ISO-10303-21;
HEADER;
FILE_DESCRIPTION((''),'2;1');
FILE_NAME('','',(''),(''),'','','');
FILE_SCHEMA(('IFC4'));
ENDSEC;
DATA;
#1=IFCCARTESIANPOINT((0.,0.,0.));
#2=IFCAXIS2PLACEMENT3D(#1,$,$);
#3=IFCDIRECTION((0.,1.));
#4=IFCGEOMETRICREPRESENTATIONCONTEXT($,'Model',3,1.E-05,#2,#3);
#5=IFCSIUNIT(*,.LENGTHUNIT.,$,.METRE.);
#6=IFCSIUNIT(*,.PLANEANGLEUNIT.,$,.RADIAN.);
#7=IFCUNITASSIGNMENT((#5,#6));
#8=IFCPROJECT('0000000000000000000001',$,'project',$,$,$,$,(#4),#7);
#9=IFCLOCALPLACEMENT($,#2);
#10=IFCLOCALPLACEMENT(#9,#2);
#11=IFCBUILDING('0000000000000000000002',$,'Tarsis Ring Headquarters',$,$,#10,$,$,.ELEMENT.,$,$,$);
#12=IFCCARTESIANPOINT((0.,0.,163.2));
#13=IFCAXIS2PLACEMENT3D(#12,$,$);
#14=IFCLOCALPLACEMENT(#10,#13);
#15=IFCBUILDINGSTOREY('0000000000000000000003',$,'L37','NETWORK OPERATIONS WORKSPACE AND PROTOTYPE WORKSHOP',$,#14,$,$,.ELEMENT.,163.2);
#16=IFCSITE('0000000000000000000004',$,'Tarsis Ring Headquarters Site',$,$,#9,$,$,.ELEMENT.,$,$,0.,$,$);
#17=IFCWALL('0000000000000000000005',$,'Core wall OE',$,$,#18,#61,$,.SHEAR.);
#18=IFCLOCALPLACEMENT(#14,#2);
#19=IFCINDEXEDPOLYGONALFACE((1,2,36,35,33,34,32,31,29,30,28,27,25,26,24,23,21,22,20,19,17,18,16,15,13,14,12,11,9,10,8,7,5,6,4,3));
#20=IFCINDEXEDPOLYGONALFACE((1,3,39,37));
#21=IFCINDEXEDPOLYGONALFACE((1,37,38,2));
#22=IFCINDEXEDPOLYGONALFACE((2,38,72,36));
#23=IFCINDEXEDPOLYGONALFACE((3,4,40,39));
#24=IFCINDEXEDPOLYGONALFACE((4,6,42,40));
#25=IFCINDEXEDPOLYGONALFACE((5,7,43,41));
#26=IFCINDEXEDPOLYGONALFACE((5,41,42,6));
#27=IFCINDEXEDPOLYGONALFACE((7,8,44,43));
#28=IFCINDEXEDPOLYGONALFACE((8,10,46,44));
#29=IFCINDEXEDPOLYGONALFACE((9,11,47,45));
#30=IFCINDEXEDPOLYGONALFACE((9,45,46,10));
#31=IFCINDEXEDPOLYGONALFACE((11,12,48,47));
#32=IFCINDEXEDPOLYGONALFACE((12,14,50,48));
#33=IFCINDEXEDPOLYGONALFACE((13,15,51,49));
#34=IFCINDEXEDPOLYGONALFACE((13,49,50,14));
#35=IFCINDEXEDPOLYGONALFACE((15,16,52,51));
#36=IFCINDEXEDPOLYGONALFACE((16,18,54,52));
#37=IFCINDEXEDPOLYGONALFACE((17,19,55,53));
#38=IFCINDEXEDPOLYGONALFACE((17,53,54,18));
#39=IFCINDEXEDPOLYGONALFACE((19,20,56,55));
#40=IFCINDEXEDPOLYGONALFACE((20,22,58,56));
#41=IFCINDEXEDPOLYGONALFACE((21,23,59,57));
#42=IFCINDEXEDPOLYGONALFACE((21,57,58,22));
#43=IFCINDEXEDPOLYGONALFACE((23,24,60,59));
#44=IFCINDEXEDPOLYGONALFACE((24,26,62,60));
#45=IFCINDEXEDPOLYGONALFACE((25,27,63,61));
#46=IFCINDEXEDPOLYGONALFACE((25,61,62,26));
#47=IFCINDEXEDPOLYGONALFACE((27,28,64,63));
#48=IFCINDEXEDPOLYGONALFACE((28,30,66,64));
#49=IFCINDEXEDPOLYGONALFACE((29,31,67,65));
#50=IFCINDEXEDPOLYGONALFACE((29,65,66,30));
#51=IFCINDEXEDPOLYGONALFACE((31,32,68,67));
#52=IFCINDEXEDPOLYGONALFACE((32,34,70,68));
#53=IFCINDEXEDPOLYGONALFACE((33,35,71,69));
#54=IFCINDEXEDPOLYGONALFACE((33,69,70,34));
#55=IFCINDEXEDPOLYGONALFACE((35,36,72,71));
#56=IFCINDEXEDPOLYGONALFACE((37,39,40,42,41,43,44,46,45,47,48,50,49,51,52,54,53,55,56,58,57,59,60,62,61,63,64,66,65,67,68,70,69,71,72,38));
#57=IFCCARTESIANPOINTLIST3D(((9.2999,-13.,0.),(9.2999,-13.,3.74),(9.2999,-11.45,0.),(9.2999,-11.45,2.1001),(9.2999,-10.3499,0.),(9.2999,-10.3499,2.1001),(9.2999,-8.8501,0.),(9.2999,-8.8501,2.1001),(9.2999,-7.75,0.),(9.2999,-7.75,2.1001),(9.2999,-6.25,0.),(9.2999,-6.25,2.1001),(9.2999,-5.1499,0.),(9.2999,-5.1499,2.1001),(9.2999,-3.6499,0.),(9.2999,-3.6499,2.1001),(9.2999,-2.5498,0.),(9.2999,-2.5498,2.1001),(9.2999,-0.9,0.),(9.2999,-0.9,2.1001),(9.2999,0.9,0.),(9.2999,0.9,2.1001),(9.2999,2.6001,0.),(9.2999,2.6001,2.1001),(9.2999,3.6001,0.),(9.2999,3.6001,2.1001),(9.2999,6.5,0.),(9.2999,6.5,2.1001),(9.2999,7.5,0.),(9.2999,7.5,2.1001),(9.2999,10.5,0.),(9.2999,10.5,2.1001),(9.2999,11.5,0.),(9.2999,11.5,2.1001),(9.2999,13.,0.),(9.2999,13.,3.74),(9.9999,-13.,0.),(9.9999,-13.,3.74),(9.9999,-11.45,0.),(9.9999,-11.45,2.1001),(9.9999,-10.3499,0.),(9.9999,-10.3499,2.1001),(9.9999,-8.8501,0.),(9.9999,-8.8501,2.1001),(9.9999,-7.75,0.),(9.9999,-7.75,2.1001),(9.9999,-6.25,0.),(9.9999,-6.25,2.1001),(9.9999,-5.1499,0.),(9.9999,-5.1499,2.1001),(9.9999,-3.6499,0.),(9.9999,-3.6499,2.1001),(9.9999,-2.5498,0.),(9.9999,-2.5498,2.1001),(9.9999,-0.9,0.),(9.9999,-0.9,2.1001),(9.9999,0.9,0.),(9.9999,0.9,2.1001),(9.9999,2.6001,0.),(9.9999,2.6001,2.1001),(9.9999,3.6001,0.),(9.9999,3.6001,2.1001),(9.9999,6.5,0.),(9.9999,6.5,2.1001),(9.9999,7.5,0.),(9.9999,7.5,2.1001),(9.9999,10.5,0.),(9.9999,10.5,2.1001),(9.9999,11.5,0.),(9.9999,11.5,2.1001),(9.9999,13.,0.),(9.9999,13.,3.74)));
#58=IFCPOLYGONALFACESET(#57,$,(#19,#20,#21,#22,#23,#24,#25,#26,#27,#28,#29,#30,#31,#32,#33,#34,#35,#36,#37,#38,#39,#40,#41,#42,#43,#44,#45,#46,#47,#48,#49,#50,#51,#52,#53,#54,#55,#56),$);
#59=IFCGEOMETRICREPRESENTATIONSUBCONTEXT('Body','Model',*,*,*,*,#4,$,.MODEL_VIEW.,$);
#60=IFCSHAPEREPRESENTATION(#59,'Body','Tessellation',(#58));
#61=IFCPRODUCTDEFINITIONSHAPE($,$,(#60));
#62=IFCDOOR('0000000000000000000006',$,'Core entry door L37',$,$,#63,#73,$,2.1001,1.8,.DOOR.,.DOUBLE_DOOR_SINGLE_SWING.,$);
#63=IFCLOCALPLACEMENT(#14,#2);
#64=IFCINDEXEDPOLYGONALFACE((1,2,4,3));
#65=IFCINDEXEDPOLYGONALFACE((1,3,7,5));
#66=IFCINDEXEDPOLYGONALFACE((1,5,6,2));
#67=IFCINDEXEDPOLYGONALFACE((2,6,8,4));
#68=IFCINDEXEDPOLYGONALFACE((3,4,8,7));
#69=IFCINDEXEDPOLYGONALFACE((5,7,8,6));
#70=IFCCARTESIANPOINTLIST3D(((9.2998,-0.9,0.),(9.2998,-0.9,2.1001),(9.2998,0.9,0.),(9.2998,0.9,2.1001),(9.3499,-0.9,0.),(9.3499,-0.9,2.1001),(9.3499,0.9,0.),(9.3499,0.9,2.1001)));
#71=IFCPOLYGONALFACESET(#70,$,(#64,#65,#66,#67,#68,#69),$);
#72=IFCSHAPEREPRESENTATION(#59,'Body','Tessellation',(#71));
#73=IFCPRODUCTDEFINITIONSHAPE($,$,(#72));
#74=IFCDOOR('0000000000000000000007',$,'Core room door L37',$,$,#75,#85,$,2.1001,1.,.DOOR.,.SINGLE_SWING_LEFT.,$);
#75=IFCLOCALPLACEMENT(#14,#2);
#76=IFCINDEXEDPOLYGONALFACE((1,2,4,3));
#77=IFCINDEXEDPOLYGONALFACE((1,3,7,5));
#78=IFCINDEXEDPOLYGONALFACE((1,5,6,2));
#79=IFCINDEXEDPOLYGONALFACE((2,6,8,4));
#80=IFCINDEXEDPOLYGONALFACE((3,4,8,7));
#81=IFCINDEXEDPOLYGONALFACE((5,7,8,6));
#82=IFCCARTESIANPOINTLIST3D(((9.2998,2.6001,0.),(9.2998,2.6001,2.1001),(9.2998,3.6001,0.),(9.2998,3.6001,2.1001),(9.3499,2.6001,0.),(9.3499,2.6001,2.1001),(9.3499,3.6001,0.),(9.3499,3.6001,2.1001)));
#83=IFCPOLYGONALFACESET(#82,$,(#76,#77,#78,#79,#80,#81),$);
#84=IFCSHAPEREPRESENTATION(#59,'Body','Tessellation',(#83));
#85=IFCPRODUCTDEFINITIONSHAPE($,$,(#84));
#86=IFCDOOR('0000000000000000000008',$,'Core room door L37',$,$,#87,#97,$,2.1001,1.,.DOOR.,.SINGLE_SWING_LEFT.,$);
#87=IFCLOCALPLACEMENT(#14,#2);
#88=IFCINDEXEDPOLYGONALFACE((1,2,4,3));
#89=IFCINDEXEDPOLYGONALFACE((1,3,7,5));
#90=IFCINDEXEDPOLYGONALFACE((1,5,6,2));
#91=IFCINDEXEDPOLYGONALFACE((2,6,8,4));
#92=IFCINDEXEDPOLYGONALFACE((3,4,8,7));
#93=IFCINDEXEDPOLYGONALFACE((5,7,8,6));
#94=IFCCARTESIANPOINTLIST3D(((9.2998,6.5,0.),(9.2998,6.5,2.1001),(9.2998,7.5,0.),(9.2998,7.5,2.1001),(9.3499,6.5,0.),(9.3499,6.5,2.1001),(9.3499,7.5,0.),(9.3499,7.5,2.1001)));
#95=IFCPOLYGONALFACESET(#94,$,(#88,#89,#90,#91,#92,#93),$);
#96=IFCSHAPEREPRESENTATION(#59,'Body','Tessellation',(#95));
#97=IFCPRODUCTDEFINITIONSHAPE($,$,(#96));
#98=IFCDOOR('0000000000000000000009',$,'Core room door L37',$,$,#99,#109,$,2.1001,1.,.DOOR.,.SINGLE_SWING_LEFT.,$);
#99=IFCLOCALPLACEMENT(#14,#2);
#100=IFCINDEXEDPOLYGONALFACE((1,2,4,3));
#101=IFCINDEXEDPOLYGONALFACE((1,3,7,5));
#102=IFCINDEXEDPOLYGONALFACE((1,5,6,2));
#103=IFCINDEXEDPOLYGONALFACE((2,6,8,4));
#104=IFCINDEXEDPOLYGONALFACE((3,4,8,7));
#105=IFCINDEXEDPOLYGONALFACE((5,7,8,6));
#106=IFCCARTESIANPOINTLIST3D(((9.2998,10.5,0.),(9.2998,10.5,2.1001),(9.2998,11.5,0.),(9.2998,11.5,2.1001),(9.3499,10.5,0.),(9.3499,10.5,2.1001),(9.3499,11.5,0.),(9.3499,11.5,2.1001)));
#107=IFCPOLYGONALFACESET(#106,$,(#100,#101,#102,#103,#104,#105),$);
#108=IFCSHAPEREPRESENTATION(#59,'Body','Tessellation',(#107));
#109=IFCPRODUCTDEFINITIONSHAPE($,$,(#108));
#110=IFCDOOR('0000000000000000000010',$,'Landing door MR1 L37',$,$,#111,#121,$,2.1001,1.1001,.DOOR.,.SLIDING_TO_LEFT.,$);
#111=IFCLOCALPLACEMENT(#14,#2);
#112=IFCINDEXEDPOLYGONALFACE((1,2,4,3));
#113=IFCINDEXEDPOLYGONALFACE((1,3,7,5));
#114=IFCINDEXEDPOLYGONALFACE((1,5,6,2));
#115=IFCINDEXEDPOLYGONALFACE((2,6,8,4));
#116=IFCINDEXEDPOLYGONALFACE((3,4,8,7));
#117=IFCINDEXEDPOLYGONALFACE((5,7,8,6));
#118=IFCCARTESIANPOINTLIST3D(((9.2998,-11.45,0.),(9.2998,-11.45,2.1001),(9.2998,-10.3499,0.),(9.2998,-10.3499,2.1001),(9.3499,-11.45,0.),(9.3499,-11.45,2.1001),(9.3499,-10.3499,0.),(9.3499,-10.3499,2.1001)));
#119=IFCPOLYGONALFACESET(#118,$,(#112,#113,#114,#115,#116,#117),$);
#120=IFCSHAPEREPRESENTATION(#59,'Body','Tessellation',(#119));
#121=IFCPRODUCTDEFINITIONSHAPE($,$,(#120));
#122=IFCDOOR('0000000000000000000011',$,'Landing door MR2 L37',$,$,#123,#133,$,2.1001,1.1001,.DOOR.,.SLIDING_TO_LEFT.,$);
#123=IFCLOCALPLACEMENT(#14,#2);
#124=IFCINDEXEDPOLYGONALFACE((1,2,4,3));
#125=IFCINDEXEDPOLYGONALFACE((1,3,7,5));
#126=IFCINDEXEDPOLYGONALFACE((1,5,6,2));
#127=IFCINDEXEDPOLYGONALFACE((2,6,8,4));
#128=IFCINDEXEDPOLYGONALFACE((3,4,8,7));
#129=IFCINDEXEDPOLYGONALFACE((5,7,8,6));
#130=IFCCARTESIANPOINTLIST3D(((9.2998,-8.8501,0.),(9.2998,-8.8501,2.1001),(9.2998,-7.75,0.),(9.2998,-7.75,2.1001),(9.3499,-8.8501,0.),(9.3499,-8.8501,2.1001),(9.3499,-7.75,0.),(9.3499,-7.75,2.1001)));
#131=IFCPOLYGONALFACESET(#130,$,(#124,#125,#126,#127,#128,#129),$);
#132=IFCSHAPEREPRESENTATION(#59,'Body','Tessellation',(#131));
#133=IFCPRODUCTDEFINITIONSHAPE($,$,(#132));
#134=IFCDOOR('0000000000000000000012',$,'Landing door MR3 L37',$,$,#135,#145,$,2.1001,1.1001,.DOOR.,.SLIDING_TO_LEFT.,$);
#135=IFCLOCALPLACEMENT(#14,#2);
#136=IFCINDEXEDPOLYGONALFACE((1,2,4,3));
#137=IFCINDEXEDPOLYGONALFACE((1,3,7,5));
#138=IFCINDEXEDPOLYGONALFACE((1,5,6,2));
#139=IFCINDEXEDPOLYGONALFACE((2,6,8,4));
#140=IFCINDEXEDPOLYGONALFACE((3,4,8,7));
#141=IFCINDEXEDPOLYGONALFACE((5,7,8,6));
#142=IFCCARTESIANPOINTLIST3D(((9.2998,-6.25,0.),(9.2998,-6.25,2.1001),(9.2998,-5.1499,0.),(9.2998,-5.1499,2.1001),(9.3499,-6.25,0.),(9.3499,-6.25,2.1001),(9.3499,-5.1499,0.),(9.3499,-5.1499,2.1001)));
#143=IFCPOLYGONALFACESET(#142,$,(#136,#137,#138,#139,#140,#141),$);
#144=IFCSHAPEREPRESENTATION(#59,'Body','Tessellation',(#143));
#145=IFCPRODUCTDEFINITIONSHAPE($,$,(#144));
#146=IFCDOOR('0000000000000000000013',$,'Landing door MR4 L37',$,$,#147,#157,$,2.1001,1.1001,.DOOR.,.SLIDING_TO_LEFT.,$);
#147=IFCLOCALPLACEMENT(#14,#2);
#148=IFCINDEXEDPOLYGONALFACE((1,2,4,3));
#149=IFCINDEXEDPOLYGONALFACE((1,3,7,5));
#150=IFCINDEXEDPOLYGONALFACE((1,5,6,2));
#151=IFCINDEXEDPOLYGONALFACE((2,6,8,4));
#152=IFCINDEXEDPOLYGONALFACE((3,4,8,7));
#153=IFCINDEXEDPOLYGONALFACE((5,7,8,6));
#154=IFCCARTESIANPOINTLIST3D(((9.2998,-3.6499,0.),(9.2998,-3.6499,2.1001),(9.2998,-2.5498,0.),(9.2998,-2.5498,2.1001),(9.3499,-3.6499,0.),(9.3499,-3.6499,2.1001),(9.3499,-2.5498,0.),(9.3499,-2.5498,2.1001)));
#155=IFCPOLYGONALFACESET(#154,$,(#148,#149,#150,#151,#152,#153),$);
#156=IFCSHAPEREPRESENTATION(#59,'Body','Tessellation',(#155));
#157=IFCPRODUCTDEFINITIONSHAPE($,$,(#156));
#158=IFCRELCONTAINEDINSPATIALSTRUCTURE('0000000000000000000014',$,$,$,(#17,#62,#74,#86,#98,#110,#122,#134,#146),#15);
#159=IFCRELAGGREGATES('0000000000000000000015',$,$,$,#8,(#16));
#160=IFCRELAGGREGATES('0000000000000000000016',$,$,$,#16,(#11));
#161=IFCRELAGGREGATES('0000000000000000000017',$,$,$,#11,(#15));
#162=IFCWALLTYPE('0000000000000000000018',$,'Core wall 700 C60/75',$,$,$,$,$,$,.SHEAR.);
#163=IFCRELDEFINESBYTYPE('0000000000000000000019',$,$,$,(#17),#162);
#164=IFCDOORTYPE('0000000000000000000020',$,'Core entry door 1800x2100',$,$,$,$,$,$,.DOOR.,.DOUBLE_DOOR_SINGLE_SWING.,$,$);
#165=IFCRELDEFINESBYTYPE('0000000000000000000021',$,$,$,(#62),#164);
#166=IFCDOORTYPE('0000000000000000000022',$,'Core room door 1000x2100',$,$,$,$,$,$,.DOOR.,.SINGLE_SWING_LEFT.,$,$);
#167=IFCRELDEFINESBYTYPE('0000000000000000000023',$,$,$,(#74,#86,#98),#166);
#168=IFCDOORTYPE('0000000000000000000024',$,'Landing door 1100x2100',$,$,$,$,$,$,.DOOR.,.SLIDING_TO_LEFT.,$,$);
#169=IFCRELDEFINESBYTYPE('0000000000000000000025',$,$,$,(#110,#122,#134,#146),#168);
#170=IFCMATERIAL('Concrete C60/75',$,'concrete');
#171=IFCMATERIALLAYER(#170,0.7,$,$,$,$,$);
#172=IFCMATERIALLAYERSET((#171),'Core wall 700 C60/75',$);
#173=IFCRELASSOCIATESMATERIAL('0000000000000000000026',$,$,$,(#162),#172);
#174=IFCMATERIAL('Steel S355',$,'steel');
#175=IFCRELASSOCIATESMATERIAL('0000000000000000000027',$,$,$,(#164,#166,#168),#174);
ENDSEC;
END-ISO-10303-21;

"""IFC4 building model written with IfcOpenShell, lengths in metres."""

from ifc_helpers import new_model, si_unit, direction, frame, frame_2d, origin, place, context, subcontext, project, spatial, rectangle, extrude, material, layer, layer_set, type_object, element, fill, save


model = new_model("IFC4")

# Units and contexts
model_context = context("Model", 3, precision=1e-05, world=origin(), true_north=direction((0.0, 1.0)))
body_context = subcontext(model_context, "Body", "Model", "MODEL_VIEW")
ifc_project = project(units=[si_unit("LENGTHUNIT", "METRE"), si_unit("PLANEANGLEUNIT", "RADIAN")], contexts=[model_context])

# Site, building, storey
site_placement = place(None, origin())
site = spatial("IfcSite", under=ifc_project, at=site_placement, Name="Tarsis Ring Headquarters Site", CompositionType="ELEMENT", RefElevation=0.0)
building_placement = place(site_placement, origin())
building = spatial("IfcBuilding", under=site, at=building_placement, Name="Tarsis Ring Headquarters", CompositionType="ELEMENT")
storey_placement = place(building_placement, frame((0.0, 0.0, 163.2)))
storey = spatial("IfcBuildingStorey", under=building, at=storey_placement, Name="L37", Description="NETWORK OPERATIONS WORKSPACE AND PROTOTYPE WORKSHOP", CompositionType="ELEMENT", Elevation=163.2)

# Wall, openings, doors
ifc_material_1 = material(Name="Concrete C60/75", Category="concrete")
ifc_layer_1 = layer(ifc_material_1, 0.7)
ifc_layer_set_1 = layer_set([ifc_layer_1], Name="Core wall 700 C60/75")
wall_type_1 = type_object("IfcWallType", Name="Core wall 700 C60/75", PredefinedType="SHEAR", material=ifc_layer_set_1)
wall_1_placement = place(storey_placement, frame((9.6499, -13.0, 0.0), z_axis=(0.0, 0.0, 1.0), x_axis=(0.0, 1.0, 0.0)))
wall_1 = element("IfcWall", 1, at=wall_1_placement, inside=storey, type_object=wall_type_1, Name="Core wall OE", PredefinedType="SHEAR", context=body_context, shape_type="SweptSolid", body=[
    extrude(rectangle(XDim=26.0, YDim=0.7, at=frame_2d((13.0, 0.0))), origin(), (0.0, 0.0, 1.0), 3.74),
])
opening_1_placement = place(wall_1_placement, frame((1.55, 0.0, 0.0)))
opening_1 = element("IfcOpeningElement", 2, at=opening_1_placement, cuts=wall_1, PredefinedType="OPENING", context=body_context, shape_type="SweptSolid", body=[
    extrude(rectangle(XDim=1.1001, YDim=2.1001, at=frame_2d((0.55, 1.05))), frame((0.0, 0.3599, 0.0), z_axis=(0.0, -1.0, 0.0), x_axis=(1.0, 0.0, 0.0)), (0.0, 0.0, 1.0), 0.72),
])
opening_2_placement = place(wall_1_placement, frame((4.1499, 0.0, 0.0)))
opening_2 = element("IfcOpeningElement", 3, at=opening_2_placement, cuts=wall_1, PredefinedType="OPENING", context=body_context, shape_type="SweptSolid", body=[
    extrude(rectangle(XDim=1.1001, YDim=2.1001, at=frame_2d((0.55, 1.05))), frame((0.0, 0.3599, 0.0), z_axis=(0.0, -1.0, 0.0), x_axis=(1.0, 0.0, 0.0)), (0.0, 0.0, 1.0), 0.72),
])
opening_3_placement = place(wall_1_placement, frame((6.75, 0.0, 0.0)))
opening_3 = element("IfcOpeningElement", 4, at=opening_3_placement, cuts=wall_1, PredefinedType="OPENING", context=body_context, shape_type="SweptSolid", body=[
    extrude(rectangle(XDim=1.1001, YDim=2.1001, at=frame_2d((0.55, 1.05))), frame((0.0, 0.3599, 0.0), z_axis=(0.0, -1.0, 0.0), x_axis=(1.0, 0.0, 0.0)), (0.0, 0.0, 1.0), 0.72),
])
opening_4_placement = place(wall_1_placement, frame((9.3501, 0.0, 0.0)))
opening_4 = element("IfcOpeningElement", 5, at=opening_4_placement, cuts=wall_1, PredefinedType="OPENING", context=body_context, shape_type="SweptSolid", body=[
    extrude(rectangle(XDim=1.1001, YDim=2.1001, at=frame_2d((0.55, 1.05))), frame((0.0, 0.3599, 0.0), z_axis=(0.0, -1.0, 0.0), x_axis=(1.0, 0.0, 0.0)), (0.0, 0.0, 1.0), 0.72),
])
opening_5_placement = place(wall_1_placement, frame((12.1001, 0.0, 0.0)))
opening_5 = element("IfcOpeningElement", 6, at=opening_5_placement, cuts=wall_1, PredefinedType="OPENING", context=body_context, shape_type="SweptSolid", body=[
    extrude(rectangle(XDim=1.8, YDim=2.1001, at=frame_2d((0.8999, 1.05))), frame((0.0, 0.3599, 0.0), z_axis=(0.0, -1.0, 0.0), x_axis=(1.0, 0.0, 0.0)), (0.0, 0.0, 1.0), 0.72),
])
opening_6_placement = place(wall_1_placement, frame((15.6001, 0.0, 0.0)))
opening_6 = element("IfcOpeningElement", 7, at=opening_6_placement, cuts=wall_1, PredefinedType="OPENING", context=body_context, shape_type="SweptSolid", body=[
    extrude(rectangle(XDim=1.0, YDim=2.1001, at=frame_2d((0.5, 1.05))), frame((0.0, 0.3599, 0.0), z_axis=(0.0, -1.0, 0.0), x_axis=(1.0, 0.0, 0.0)), (0.0, 0.0, 1.0), 0.72),
])
opening_7_placement = place(wall_1_placement, frame((19.5, 0.0, 0.0)))
opening_7 = element("IfcOpeningElement", 8, at=opening_7_placement, cuts=wall_1, PredefinedType="OPENING", context=body_context, shape_type="SweptSolid", body=[
    extrude(rectangle(XDim=1.0, YDim=2.1001, at=frame_2d((0.5, 1.05))), frame((0.0, 0.3599, 0.0), z_axis=(0.0, -1.0, 0.0), x_axis=(1.0, 0.0, 0.0)), (0.0, 0.0, 1.0), 0.72),
])
opening_8_placement = place(wall_1_placement, frame((23.5, 0.0, 0.0)))
opening_8 = element("IfcOpeningElement", 9, at=opening_8_placement, cuts=wall_1, PredefinedType="OPENING", context=body_context, shape_type="SweptSolid", body=[
    extrude(rectangle(XDim=1.0, YDim=2.1001, at=frame_2d((0.5, 1.05))), frame((0.0, 0.3599, 0.0), z_axis=(0.0, -1.0, 0.0), x_axis=(1.0, 0.0, 0.0)), (0.0, 0.0, 1.0), 0.72),
])
ifc_material_2 = material(Name="Steel S355", Category="steel")
door_type_1 = type_object("IfcDoorType", Name="Core entry door 1800x2100", OperationType="DOUBLE_DOOR_SINGLE_SWING", PredefinedType="DOOR", material=ifc_material_2)
door_1_placement = place(opening_5_placement, origin())
door_1 = element("IfcDoor", 10, at=door_1_placement, inside=storey, type_object=door_type_1, Name="Core entry door L37", OperationType="DOUBLE_DOOR_SINGLE_SWING", OverallHeight=2.1001, OverallWidth=1.8, PredefinedType="DOOR", context=body_context, shape_type="SweptSolid", body=[
    extrude(rectangle(XDim=1.8, YDim=2.1001, at=frame_2d((0.8999, 1.05))), frame((0.0, 0.3501, 0.0), z_axis=(0.0, -1.0, 0.0), x_axis=(1.0, 0.0, 0.0)), (0.0, 0.0, 1.0), 0.05),
])
fill(opening_5, door_1)
door_type_2 = type_object("IfcDoorType", Name="Core room door 1000x2100", OperationType="SINGLE_SWING_LEFT", PredefinedType="DOOR", material=ifc_material_2)
door_2_placement = place(opening_6_placement, origin())
door_2 = element("IfcDoor", 11, at=door_2_placement, inside=storey, type_object=door_type_2, Name="Core room door L37", OperationType="SINGLE_SWING_LEFT", OverallHeight=2.1001, OverallWidth=1.0, PredefinedType="DOOR", context=body_context, shape_type="SweptSolid", body=[
    extrude(rectangle(XDim=1.0, YDim=2.1001, at=frame_2d((0.5, 1.05))), frame((0.0, 0.3501, 0.0), z_axis=(0.0, -1.0, 0.0), x_axis=(1.0, 0.0, 0.0)), (0.0, 0.0, 1.0), 0.05),
])
fill(opening_6, door_2)
door_3_placement = place(opening_7_placement, origin())
door_3 = element("IfcDoor", 12, at=door_3_placement, inside=storey, type_object=door_type_2, Name="Core room door L37", OperationType="SINGLE_SWING_LEFT", OverallHeight=2.1001, OverallWidth=1.0, PredefinedType="DOOR", context=body_context, shape_type="SweptSolid", body=[
    extrude(rectangle(XDim=1.0, YDim=2.1001, at=frame_2d((0.5, 1.05))), frame((0.0, 0.3501, 0.0), z_axis=(0.0, -1.0, 0.0), x_axis=(1.0, 0.0, 0.0)), (0.0, 0.0, 1.0), 0.05),
])
fill(opening_7, door_3)
door_4_placement = place(opening_8_placement, origin())
door_4 = element("IfcDoor", 13, at=door_4_placement, inside=storey, type_object=door_type_2, Name="Core room door L37", OperationType="SINGLE_SWING_LEFT", OverallHeight=2.1001, OverallWidth=1.0, PredefinedType="DOOR", context=body_context, shape_type="SweptSolid", body=[
    extrude(rectangle(XDim=1.0, YDim=2.1001, at=frame_2d((0.5, 1.05))), frame((0.0, 0.3501, 0.0), z_axis=(0.0, -1.0, 0.0), x_axis=(1.0, 0.0, 0.0)), (0.0, 0.0, 1.0), 0.05),
])
fill(opening_8, door_4)
door_type_3 = type_object("IfcDoorType", Name="Landing door 1100x2100", OperationType="SLIDING_TO_LEFT", PredefinedType="DOOR", material=ifc_material_2)
door_5_placement = place(opening_1_placement, origin())
door_5 = element("IfcDoor", 14, at=door_5_placement, inside=storey, type_object=door_type_3, Name="Landing door MR1 L37", OperationType="SLIDING_TO_LEFT", OverallHeight=2.1001, OverallWidth=1.1001, PredefinedType="DOOR", context=body_context, shape_type="SweptSolid", body=[
    extrude(rectangle(XDim=1.1001, YDim=2.1001, at=frame_2d((0.55, 1.05))), frame((0.0, 0.3501, 0.0), z_axis=(0.0, -1.0, 0.0), x_axis=(1.0, 0.0, 0.0)), (0.0, 0.0, 1.0), 0.05),
])
fill(opening_1, door_5)
door_6_placement = place(opening_2_placement, origin())
door_6 = element("IfcDoor", 15, at=door_6_placement, inside=storey, type_object=door_type_3, Name="Landing door MR2 L37", OperationType="SLIDING_TO_LEFT", OverallHeight=2.1001, OverallWidth=1.1001, PredefinedType="DOOR", context=body_context, shape_type="SweptSolid", body=[
    extrude(rectangle(XDim=1.1001, YDim=2.1001, at=frame_2d((0.55, 1.05))), frame((0.0, 0.3501, 0.0), z_axis=(0.0, -1.0, 0.0), x_axis=(1.0, 0.0, 0.0)), (0.0, 0.0, 1.0), 0.05),
])
fill(opening_2, door_6)
door_7_placement = place(opening_3_placement, origin())
door_7 = element("IfcDoor", 16, at=door_7_placement, inside=storey, type_object=door_type_3, Name="Landing door MR3 L37", OperationType="SLIDING_TO_LEFT", OverallHeight=2.1001, OverallWidth=1.1001, PredefinedType="DOOR", context=body_context, shape_type="SweptSolid", body=[
    extrude(rectangle(XDim=1.1001, YDim=2.1001, at=frame_2d((0.55, 1.05))), frame((0.0, 0.3501, 0.0), z_axis=(0.0, -1.0, 0.0), x_axis=(1.0, 0.0, 0.0)), (0.0, 0.0, 1.0), 0.05),
])
fill(opening_3, door_7)
door_8_placement = place(opening_4_placement, origin())
door_8 = element("IfcDoor", 17, at=door_8_placement, inside=storey, type_object=door_type_3, Name="Landing door MR4 L37", OperationType="SLIDING_TO_LEFT", OverallHeight=2.1001, OverallWidth=1.1001, PredefinedType="DOOR", context=body_context, shape_type="SweptSolid", body=[
    extrude(rectangle(XDim=1.1001, YDim=2.1001, at=frame_2d((0.55, 1.05))), frame((0.0, 0.3501, 0.0), z_axis=(0.0, -1.0, 0.0), x_axis=(1.0, 0.0, 0.0)), (0.0, 0.0, 1.0), 0.05),
])
fill(opening_4, door_8)

save(model, "model.ifc")
